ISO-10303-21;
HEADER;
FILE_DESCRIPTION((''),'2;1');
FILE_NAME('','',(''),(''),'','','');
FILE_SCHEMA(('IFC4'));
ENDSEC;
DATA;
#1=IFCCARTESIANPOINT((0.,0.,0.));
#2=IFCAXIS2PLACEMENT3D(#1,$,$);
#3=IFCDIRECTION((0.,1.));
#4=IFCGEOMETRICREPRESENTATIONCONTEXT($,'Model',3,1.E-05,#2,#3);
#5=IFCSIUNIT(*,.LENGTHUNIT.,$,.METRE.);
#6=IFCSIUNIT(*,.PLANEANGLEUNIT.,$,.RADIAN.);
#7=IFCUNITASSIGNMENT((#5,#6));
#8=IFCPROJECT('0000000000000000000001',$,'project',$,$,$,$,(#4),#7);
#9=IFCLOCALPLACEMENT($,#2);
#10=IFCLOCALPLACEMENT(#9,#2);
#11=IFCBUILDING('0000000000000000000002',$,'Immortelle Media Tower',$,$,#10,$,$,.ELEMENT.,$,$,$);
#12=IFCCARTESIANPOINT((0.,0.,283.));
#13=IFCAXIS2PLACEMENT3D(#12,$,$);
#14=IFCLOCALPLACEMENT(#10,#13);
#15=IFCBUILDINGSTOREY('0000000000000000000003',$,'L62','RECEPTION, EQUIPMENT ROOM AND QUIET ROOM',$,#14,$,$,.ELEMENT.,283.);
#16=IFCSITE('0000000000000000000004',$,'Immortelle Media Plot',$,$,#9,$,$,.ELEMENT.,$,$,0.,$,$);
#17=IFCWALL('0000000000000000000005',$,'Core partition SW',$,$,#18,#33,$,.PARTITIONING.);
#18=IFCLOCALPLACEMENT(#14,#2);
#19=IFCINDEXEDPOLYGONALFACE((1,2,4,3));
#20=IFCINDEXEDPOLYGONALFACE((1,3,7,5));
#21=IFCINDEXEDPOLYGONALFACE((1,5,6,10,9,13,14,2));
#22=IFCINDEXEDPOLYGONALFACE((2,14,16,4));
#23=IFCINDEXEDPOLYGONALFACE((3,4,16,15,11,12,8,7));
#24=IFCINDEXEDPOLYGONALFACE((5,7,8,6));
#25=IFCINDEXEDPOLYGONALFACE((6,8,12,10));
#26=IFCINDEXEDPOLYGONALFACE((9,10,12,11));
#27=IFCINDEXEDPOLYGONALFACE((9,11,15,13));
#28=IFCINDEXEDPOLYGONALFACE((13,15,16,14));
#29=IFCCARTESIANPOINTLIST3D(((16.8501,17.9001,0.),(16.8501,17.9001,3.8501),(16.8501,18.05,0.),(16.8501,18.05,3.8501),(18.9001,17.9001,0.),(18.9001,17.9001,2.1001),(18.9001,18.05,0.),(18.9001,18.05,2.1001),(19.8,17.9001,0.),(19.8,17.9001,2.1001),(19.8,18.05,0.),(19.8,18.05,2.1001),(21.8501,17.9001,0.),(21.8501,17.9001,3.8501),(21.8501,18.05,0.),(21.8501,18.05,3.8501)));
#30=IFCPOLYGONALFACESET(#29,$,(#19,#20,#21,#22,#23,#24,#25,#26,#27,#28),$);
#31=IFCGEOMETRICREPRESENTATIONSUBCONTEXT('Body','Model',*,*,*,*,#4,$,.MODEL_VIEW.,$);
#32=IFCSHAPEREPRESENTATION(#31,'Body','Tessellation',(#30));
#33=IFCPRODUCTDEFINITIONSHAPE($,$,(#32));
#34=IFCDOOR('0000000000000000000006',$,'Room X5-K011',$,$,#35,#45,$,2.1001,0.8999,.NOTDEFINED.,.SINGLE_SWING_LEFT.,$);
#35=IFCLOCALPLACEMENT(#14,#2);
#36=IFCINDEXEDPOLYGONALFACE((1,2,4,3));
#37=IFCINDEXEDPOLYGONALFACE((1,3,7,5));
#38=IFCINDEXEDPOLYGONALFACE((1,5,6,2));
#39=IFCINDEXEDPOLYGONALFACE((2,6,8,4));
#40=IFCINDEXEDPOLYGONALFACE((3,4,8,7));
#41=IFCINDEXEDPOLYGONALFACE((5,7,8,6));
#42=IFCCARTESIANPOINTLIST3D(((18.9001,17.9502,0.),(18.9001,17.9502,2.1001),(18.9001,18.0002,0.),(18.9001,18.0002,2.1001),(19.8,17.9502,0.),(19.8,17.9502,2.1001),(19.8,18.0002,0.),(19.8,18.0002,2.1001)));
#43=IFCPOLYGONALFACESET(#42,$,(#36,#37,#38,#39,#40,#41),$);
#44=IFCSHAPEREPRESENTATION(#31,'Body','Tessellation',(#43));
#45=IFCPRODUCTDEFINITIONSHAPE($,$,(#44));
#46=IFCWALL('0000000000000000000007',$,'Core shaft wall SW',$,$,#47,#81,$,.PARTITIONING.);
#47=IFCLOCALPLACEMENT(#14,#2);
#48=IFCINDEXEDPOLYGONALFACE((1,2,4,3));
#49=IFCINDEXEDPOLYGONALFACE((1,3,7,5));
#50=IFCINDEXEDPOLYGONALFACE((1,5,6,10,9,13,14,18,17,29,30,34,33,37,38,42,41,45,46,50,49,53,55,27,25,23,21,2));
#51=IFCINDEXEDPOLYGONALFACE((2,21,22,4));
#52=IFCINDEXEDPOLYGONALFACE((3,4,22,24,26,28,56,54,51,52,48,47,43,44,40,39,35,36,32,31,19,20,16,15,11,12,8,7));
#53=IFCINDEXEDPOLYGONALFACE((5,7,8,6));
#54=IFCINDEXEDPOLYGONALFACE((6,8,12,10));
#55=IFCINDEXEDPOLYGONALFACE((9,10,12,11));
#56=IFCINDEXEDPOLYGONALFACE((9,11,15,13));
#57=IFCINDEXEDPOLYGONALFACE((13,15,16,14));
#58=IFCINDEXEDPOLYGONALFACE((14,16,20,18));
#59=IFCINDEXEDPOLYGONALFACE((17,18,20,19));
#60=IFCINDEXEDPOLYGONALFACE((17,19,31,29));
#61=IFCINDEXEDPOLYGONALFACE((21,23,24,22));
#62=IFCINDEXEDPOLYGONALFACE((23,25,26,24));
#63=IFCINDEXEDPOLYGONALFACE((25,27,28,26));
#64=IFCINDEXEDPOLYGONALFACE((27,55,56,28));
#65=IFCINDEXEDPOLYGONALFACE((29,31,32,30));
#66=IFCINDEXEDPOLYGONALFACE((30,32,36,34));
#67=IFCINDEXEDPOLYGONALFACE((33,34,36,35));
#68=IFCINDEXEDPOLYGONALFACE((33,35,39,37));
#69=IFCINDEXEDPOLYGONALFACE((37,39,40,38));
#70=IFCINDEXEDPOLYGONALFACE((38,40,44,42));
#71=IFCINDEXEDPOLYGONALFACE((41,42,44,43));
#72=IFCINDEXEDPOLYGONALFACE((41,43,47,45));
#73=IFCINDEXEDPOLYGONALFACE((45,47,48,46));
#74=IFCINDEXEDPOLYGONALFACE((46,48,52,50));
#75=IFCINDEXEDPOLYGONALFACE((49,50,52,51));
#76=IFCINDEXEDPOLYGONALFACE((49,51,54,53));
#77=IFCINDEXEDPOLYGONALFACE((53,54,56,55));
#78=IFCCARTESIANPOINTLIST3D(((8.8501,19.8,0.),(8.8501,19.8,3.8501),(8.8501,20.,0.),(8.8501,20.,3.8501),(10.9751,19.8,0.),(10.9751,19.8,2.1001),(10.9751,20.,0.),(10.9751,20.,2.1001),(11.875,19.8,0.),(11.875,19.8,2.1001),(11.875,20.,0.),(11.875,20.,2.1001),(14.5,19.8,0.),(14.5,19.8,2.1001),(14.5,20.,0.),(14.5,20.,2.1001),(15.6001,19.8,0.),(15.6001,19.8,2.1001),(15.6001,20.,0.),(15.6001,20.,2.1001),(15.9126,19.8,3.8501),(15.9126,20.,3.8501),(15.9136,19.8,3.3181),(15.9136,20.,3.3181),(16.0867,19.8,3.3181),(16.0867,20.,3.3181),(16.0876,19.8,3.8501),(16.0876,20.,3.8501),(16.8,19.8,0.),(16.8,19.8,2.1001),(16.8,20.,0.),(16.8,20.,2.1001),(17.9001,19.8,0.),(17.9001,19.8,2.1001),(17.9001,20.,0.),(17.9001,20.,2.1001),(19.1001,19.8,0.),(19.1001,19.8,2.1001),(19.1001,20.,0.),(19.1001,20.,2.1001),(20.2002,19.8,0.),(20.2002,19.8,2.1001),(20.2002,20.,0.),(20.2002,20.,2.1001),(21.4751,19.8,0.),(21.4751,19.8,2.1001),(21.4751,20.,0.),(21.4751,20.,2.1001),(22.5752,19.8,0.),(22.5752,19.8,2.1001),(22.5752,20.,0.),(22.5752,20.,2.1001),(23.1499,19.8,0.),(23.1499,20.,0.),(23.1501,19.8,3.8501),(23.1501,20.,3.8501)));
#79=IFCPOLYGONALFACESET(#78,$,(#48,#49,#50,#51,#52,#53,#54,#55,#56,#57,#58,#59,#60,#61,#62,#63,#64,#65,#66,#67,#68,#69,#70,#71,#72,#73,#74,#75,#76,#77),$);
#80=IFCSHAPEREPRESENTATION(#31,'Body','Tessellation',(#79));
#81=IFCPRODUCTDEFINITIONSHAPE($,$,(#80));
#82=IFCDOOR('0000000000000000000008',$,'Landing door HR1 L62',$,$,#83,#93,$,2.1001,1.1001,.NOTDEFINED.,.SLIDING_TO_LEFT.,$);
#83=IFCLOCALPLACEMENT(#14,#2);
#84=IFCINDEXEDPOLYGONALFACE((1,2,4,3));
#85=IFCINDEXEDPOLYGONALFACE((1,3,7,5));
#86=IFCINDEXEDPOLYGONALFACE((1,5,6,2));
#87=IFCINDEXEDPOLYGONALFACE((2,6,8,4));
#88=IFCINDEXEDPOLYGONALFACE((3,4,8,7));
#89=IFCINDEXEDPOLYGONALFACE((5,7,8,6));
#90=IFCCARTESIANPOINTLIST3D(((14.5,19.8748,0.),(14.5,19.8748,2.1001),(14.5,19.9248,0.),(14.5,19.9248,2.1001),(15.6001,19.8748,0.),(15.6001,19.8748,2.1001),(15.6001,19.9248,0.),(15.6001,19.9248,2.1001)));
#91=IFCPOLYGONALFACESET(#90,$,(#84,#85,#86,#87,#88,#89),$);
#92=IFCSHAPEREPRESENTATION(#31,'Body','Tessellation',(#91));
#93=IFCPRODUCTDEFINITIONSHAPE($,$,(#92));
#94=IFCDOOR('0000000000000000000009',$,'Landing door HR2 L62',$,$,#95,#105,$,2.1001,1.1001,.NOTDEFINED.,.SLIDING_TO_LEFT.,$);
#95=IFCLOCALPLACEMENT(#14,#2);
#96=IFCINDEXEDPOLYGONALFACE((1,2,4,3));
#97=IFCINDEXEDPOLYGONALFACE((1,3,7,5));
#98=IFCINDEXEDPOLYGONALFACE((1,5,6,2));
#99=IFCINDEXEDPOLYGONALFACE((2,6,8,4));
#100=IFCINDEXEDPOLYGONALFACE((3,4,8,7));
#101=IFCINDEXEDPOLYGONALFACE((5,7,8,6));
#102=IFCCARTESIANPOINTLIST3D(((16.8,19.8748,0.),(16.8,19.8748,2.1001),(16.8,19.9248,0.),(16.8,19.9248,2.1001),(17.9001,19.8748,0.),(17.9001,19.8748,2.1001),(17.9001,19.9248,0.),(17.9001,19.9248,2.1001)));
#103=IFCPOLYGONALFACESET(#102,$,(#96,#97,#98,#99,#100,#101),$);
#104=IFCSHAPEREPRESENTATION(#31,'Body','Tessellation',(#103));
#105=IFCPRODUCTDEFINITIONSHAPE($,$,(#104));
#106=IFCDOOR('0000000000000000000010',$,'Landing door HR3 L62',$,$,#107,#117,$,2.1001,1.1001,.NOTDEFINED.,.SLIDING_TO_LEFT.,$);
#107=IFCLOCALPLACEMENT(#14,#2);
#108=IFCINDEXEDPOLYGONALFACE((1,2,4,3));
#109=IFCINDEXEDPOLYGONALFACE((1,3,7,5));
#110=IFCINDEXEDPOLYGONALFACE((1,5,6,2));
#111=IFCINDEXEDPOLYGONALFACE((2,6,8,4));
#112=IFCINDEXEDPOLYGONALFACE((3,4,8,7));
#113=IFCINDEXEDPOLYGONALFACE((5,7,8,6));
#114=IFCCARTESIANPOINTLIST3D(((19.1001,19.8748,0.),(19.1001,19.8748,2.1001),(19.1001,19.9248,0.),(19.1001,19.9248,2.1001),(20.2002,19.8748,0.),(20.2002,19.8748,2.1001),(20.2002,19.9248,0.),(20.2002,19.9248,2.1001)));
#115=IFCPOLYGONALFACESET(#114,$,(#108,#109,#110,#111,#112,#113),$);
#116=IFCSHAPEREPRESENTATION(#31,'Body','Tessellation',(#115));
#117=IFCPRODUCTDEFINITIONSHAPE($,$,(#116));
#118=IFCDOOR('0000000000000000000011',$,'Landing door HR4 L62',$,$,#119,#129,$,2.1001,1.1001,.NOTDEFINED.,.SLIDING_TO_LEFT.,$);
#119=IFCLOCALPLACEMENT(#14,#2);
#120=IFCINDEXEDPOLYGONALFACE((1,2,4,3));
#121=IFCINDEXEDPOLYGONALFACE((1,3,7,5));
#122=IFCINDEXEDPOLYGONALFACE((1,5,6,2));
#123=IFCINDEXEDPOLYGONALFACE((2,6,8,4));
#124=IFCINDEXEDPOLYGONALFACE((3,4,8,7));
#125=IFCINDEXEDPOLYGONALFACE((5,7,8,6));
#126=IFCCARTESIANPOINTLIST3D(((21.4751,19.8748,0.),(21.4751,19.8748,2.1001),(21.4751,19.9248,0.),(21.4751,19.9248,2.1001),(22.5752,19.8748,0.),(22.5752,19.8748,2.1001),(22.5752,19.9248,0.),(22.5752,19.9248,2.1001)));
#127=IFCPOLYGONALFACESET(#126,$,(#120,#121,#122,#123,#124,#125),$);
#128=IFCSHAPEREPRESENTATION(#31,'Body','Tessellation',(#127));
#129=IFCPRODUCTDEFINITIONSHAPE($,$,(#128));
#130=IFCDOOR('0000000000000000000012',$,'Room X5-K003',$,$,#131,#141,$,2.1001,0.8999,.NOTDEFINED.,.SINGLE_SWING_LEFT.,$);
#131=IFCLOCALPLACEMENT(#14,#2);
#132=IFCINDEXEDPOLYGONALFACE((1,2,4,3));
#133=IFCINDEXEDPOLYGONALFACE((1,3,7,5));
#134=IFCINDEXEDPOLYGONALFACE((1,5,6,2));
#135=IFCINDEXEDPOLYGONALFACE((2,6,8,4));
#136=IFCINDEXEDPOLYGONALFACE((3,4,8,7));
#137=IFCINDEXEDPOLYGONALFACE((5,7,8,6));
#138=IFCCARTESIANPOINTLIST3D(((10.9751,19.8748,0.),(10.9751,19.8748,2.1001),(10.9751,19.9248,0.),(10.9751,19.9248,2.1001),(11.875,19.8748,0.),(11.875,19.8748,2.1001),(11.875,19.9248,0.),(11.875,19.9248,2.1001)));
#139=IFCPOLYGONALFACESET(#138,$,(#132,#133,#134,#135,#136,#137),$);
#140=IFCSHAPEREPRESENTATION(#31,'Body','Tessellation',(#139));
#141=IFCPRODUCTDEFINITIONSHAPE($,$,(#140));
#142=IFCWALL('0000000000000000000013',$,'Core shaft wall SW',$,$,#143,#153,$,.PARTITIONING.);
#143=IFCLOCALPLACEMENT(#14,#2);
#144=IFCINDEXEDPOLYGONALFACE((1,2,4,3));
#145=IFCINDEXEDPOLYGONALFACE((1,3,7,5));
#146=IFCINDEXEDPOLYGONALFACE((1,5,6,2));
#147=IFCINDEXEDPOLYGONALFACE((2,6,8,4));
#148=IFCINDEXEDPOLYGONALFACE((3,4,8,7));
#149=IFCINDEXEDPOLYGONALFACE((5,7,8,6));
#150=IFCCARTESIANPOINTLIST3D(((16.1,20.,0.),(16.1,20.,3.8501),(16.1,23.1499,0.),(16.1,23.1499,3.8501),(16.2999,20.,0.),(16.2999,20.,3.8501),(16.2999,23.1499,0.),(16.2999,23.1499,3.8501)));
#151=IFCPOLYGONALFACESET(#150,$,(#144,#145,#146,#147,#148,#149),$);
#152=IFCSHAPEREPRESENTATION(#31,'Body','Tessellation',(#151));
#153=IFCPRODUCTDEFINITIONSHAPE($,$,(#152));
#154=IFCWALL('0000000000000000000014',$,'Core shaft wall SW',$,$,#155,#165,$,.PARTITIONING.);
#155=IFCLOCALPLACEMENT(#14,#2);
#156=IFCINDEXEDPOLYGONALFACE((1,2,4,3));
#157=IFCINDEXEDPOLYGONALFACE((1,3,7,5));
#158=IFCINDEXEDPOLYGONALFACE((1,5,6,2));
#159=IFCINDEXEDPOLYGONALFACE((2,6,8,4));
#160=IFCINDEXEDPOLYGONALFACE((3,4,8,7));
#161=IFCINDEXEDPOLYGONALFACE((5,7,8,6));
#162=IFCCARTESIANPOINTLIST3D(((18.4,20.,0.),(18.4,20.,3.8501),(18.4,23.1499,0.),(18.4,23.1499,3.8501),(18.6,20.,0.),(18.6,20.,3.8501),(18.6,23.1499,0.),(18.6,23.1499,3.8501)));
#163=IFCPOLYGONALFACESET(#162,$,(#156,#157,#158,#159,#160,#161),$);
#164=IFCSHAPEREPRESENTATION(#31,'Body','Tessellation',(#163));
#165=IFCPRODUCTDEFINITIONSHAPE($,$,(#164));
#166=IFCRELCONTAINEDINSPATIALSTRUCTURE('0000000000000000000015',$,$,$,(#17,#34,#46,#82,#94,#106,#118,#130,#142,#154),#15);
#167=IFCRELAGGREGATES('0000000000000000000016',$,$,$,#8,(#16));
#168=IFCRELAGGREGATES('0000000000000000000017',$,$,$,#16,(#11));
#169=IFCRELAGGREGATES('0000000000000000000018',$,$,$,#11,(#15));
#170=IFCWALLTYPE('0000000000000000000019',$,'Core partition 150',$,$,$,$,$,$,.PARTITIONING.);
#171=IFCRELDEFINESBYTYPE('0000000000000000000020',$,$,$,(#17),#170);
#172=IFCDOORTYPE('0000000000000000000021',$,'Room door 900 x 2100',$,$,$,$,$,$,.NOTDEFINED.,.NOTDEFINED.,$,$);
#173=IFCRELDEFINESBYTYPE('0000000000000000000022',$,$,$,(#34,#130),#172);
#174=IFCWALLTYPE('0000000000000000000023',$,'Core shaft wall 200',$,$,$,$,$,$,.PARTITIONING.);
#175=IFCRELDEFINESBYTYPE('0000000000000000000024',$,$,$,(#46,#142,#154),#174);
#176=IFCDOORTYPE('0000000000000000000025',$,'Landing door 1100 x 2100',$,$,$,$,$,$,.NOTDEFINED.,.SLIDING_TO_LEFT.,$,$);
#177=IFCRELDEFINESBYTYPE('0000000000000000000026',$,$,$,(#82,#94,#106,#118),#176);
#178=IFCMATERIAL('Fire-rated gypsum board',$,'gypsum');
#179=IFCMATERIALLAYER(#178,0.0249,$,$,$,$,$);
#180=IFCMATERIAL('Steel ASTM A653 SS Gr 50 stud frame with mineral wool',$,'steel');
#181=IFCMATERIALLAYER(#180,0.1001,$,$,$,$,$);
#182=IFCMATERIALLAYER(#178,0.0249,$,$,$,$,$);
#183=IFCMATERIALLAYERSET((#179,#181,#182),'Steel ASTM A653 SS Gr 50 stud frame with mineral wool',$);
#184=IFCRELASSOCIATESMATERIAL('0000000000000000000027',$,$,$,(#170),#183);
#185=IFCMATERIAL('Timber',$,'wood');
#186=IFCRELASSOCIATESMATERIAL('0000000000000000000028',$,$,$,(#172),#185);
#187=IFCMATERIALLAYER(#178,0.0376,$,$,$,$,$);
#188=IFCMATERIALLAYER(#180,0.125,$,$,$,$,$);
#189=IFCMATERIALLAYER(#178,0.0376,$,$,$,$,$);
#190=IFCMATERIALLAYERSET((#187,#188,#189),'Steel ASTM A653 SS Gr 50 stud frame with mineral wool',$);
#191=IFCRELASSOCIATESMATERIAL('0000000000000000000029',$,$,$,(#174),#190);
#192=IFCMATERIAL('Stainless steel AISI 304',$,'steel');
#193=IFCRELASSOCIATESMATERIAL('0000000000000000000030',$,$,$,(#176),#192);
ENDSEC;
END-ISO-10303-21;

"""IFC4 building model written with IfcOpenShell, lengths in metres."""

from ifc_helpers import new_model, si_unit, direction, frame, frame_2d, origin, place, context, subcontext, project, spatial, polyline, rectangle, outline, extrude, material, layer, layer_set, type_object, element, fill, save


model = new_model("IFC4")

# Units and contexts
model_context = context("Model", 3, precision=1e-05, world=origin(), true_north=direction((0.0, 1.0)))
body_context = subcontext(model_context, "Body", "Model", "MODEL_VIEW")
ifc_project = project(units=[si_unit("LENGTHUNIT", "METRE"), si_unit("PLANEANGLEUNIT", "RADIAN")], contexts=[model_context])

# Site, building, storey
site_placement = place(None, origin())
site = spatial("IfcSite", under=ifc_project, at=site_placement, Name="Immortelle Media Plot", CompositionType="ELEMENT", RefElevation=0.0)
building_placement = place(site_placement, origin())
building = spatial("IfcBuilding", under=site, at=building_placement, Name="Immortelle Media Tower", CompositionType="ELEMENT")
storey_placement = place(building_placement, frame((0.0, 0.0, 283.0)))
storey = spatial("IfcBuildingStorey", under=building, at=storey_placement, Name="L62", Description="RECEPTION, EQUIPMENT ROOM AND QUIET ROOM", CompositionType="ELEMENT", Elevation=283.0)

# Shared definitions
ifc_material_1 = material(Name="Timber", Category="wood")

# Shared definitions
ifc_material_2 = material(Name="Fire-rated gypsum board", Category="gypsum")
ifc_layer_1 = layer(ifc_material_2, 0.0249)
ifc_material_3 = material(Name="Steel ASTM A653 SS Gr 50 stud frame with mineral wool", Category="steel")
ifc_layer_2 = layer(ifc_material_3, 0.1001)
ifc_layer_3 = layer(ifc_material_2, 0.0249)
ifc_layer_set_1 = layer_set([ifc_layer_1, ifc_layer_2, ifc_layer_3], Name="Steel ASTM A653 SS Gr 50 stud frame with mineral wool")
wall_type_1 = type_object("IfcWallType", Name="Core partition 150", PredefinedType="PARTITIONING", material=ifc_layer_set_1)

# Shared definitions
door_type_1 = type_object("IfcDoorType", Name="Room door 900 x 2100", OperationType="NOTDEFINED", PredefinedType="NOTDEFINED", material=ifc_material_1)

# Wall, opening, door
wall_1_placement = place(storey_placement, frame((16.8501, 17.9751, 0.0), z_axis=(0.0, 0.0, 1.0), x_axis=(1.0, 0.0, 0.0)))
wall_1 = element("IfcWall", 1, at=wall_1_placement, inside=storey, type_object=wall_type_1, Name="Core partition SW", PredefinedType="PARTITIONING", context=body_context, shape_type="SweptSolid", body=[
    extrude(rectangle(XDim=5.0, YDim=0.1499, at=frame_2d((2.5, 0.0))), origin(), (0.0, 0.0, 1.0), 3.8501),
])
opening_1_placement = place(wall_1_placement, frame((2.95, 0.0, 0.0), z_axis=(0.0, 0.0, 1.0), x_axis=(-1.0, 0.0, 0.0)))
opening_1 = element("IfcOpeningElement", 2, at=opening_1_placement, cuts=wall_1, PredefinedType="OPENING", context=body_context, shape_type="SweptSolid", body=[
    extrude(rectangle(XDim=0.8999, YDim=2.1001, at=frame_2d((0.45, 1.05))), frame((0.0, 0.085, 0.0), z_axis=(0.0, -1.0, 0.0), x_axis=(1.0, 0.0, 0.0)), (0.0, 0.0, 1.0), 0.1699),
])
door_1_placement = place(opening_1_placement, origin())
door_1 = element("IfcDoor", 3, at=door_1_placement, inside=storey, type_object=door_type_1, Name="Room X5-K011", OperationType="SINGLE_SWING_LEFT", OverallHeight=2.1001, OverallWidth=0.8999, PredefinedType="NOTDEFINED", context=body_context, shape_type="SweptSolid", body=[
    extrude(rectangle(XDim=0.8999, YDim=2.1001, at=frame_2d((0.45, 1.05))), frame((0.0, 0.0249, 0.0), z_axis=(0.0, -1.0, 0.0), x_axis=(1.0, 0.0, 0.0)), (0.0, 0.0, 1.0), 0.05),
])
fill(opening_1, door_1)

# Wall, openings, doors
ifc_layer_4 = layer(ifc_material_2, 0.0376)
ifc_layer_5 = layer(ifc_material_3, 0.125)
ifc_layer_6 = layer(ifc_material_2, 0.0376)
ifc_layer_set_2 = layer_set([ifc_layer_4, ifc_layer_5, ifc_layer_6], Name="Steel ASTM A653 SS Gr 50 stud frame with mineral wool")
wall_type_2 = type_object("IfcWallType", Name="Core shaft wall 200", PredefinedType="PARTITIONING", material=ifc_layer_set_2)
wall_2_placement = place(storey_placement, frame((8.8501, 19.8999, 0.0), z_axis=(0.0, 0.0, 1.0), x_axis=(1.0, 0.0, 0.0)))
wall_2 = element("IfcWall", 4, at=wall_2_placement, inside=storey, type_object=wall_type_2, Name="Core shaft wall SW", PredefinedType="PARTITIONING", context=body_context, shape_type="SweptSolid", body=[
    extrude(outline(polyline([(0.0, 0.0), (14.2998, 0.0), (14.3, 3.8501), (7.2375, 3.8501), (7.2366, 3.3181), (7.0635, 3.3181), (7.0625, 3.8501), (0.0, 3.8501), (0.0, 0.0)])), frame((0.0, 0.1001, 0.0), z_axis=(0.0, -1.0, 0.0), x_axis=(1.0, 0.0, 0.0)), (0.0, 0.0, 1.0), 0.2),
])
opening_2_placement = place(wall_2_placement, frame((2.125, 0.0, 0.0)))
opening_2 = element("IfcOpeningElement", 5, at=opening_2_placement, cuts=wall_2, PredefinedType="OPENING", context=body_context, shape_type="SweptSolid", body=[
    extrude(rectangle(XDim=0.8999, YDim=2.1001, at=frame_2d((0.45, 1.05))), frame((0.0, 0.1099, 0.0), z_axis=(0.0, -1.0, 0.0), x_axis=(1.0, 0.0, 0.0)), (0.0, 0.0, 1.0), 0.22),
])
opening_3_placement = place(wall_2_placement, frame((5.6499, 0.0, 0.0)))
opening_3 = element("IfcOpeningElement", 6, at=opening_3_placement, cuts=wall_2, PredefinedType="OPENING", context=body_context, shape_type="SweptSolid", body=[
    extrude(rectangle(XDim=1.1001, YDim=2.1001, at=frame_2d((0.55, 1.05))), frame((0.0, 0.1099, 0.0), z_axis=(0.0, -1.0, 0.0), x_axis=(1.0, 0.0, 0.0)), (0.0, 0.0, 1.0), 0.22),
])
opening_4_placement = place(wall_2_placement, frame((7.95, 0.0, 0.0)))
opening_4 = element("IfcOpeningElement", 7, at=opening_4_placement, cuts=wall_2, PredefinedType="OPENING", context=body_context, shape_type="SweptSolid", body=[
    extrude(rectangle(XDim=1.1001, YDim=2.1001, at=frame_2d((0.55, 1.05))), frame((0.0, 0.1099, 0.0), z_axis=(0.0, -1.0, 0.0), x_axis=(1.0, 0.0, 0.0)), (0.0, 0.0, 1.0), 0.22),
])
opening_5_placement = place(wall_2_placement, frame((10.25, 0.0, 0.0)))
opening_5 = element("IfcOpeningElement", 8, at=opening_5_placement, cuts=wall_2, PredefinedType="OPENING", context=body_context, shape_type="SweptSolid", body=[
    extrude(rectangle(XDim=1.1001, YDim=2.1001, at=frame_2d((0.55, 1.05))), frame((0.0, 0.1099, 0.0), z_axis=(0.0, -1.0, 0.0), x_axis=(1.0, 0.0, 0.0)), (0.0, 0.0, 1.0), 0.22),
])
opening_6_placement = place(wall_2_placement, frame((12.625, 0.0, 0.0)))
opening_6 = element("IfcOpeningElement", 9, at=opening_6_placement, cuts=wall_2, PredefinedType="OPENING", context=body_context, shape_type="SweptSolid", body=[
    extrude(rectangle(XDim=1.1001, YDim=2.1001, at=frame_2d((0.55, 1.05))), frame((0.0, 0.1099, 0.0), z_axis=(0.0, -1.0, 0.0), x_axis=(1.0, 0.0, 0.0)), (0.0, 0.0, 1.0), 0.22),
])
ifc_material_4 = material(Name="Stainless steel AISI 304", Category="steel")
door_type_2 = type_object("IfcDoorType", Name="Landing door 1100 x 2100", OperationType="SLIDING_TO_LEFT", PredefinedType="NOTDEFINED", material=ifc_material_4)
door_2_placement = place(opening_3_placement, origin())
door_2 = element("IfcDoor", 10, at=door_2_placement, inside=storey, type_object=door_type_2, Name="Landing door HR1 L62", OperationType="SLIDING_TO_LEFT", OverallHeight=2.1001, OverallWidth=1.1001, PredefinedType="NOTDEFINED", context=body_context, shape_type="SweptSolid", body=[
    extrude(rectangle(XDim=1.1001, YDim=2.1001, at=frame_2d((0.55, 1.05))), frame((0.0, 0.0249, 0.0), z_axis=(0.0, -1.0, 0.0), x_axis=(1.0, 0.0, 0.0)), (0.0, 0.0, 1.0), 0.05),
])
fill(opening_3, door_2)
door_3_placement = place(opening_4_placement, origin())
door_3 = element("IfcDoor", 11, at=door_3_placement, inside=storey, type_object=door_type_2, Name="Landing door HR2 L62", OperationType="SLIDING_TO_LEFT", OverallHeight=2.1001, OverallWidth=1.1001, PredefinedType="NOTDEFINED", context=body_context, shape_type="SweptSolid", body=[
    extrude(rectangle(XDim=1.1001, YDim=2.1001, at=frame_2d((0.55, 1.05))), frame((0.0, 0.0249, 0.0), z_axis=(0.0, -1.0, 0.0), x_axis=(1.0, 0.0, 0.0)), (0.0, 0.0, 1.0), 0.05),
])
fill(opening_4, door_3)
door_4_placement = place(opening_5_placement, origin())
door_4 = element("IfcDoor", 12, at=door_4_placement, inside=storey, type_object=door_type_2, Name="Landing door HR3 L62", OperationType="SLIDING_TO_LEFT", OverallHeight=2.1001, OverallWidth=1.1001, PredefinedType="NOTDEFINED", context=body_context, shape_type="SweptSolid", body=[
    extrude(rectangle(XDim=1.1001, YDim=2.1001, at=frame_2d((0.55, 1.05))), frame((0.0, 0.0249, 0.0), z_axis=(0.0, -1.0, 0.0), x_axis=(1.0, 0.0, 0.0)), (0.0, 0.0, 1.0), 0.05),
])
fill(opening_5, door_4)
door_5_placement = place(opening_6_placement, origin())
door_5 = element("IfcDoor", 13, at=door_5_placement, inside=storey, type_object=door_type_2, Name="Landing door HR4 L62", OperationType="SLIDING_TO_LEFT", OverallHeight=2.1001, OverallWidth=1.1001, PredefinedType="NOTDEFINED", context=body_context, shape_type="SweptSolid", body=[
    extrude(rectangle(XDim=1.1001, YDim=2.1001, at=frame_2d((0.55, 1.05))), frame((0.0, 0.0249, 0.0), z_axis=(0.0, -1.0, 0.0), x_axis=(1.0, 0.0, 0.0)), (0.0, 0.0, 1.0), 0.05),
])
fill(opening_6, door_5)
door_6_placement = place(opening_2_placement, origin())
door_6 = element("IfcDoor", 14, at=door_6_placement, inside=storey, type_object=door_type_1, Name="Room X5-K003", OperationType="SINGLE_SWING_LEFT", OverallHeight=2.1001, OverallWidth=0.8999, PredefinedType="NOTDEFINED", context=body_context, shape_type="SweptSolid", body=[
    extrude(rectangle(XDim=0.8999, YDim=2.1001, at=frame_2d((0.45, 1.05))), frame((0.0, 0.0249, 0.0), z_axis=(0.0, -1.0, 0.0), x_axis=(1.0, 0.0, 0.0)), (0.0, 0.0, 1.0), 0.05),
])
fill(opening_2, door_6)

# Walls
for number, where, z_axis, x_axis, name in (
    (15, (16.2, 20.0, 0.0), (0.0, 0.0, 1.0), (0.0, 1.0, 0.0), "Core shaft wall SW"),
    (16, (18.5, 20.0, 0.0), (0.0, 0.0, 1.0), (0.0, 1.0, 0.0), "Core shaft wall SW"),
):
    element("IfcWall", number, at=place(storey_placement, frame(where, z_axis=z_axis, x_axis=x_axis)), inside=storey, type_object=wall_type_2, Name=name, PredefinedType="PARTITIONING", context=body_context, shape_type="SweptSolid", body=[
        extrude(rectangle(XDim=3.1499, YDim=0.2, at=frame_2d((1.575, 0.0))), origin(), (0.0, 0.0, 1.0), 3.8501),
    ])

save(model, "model.ifc")
